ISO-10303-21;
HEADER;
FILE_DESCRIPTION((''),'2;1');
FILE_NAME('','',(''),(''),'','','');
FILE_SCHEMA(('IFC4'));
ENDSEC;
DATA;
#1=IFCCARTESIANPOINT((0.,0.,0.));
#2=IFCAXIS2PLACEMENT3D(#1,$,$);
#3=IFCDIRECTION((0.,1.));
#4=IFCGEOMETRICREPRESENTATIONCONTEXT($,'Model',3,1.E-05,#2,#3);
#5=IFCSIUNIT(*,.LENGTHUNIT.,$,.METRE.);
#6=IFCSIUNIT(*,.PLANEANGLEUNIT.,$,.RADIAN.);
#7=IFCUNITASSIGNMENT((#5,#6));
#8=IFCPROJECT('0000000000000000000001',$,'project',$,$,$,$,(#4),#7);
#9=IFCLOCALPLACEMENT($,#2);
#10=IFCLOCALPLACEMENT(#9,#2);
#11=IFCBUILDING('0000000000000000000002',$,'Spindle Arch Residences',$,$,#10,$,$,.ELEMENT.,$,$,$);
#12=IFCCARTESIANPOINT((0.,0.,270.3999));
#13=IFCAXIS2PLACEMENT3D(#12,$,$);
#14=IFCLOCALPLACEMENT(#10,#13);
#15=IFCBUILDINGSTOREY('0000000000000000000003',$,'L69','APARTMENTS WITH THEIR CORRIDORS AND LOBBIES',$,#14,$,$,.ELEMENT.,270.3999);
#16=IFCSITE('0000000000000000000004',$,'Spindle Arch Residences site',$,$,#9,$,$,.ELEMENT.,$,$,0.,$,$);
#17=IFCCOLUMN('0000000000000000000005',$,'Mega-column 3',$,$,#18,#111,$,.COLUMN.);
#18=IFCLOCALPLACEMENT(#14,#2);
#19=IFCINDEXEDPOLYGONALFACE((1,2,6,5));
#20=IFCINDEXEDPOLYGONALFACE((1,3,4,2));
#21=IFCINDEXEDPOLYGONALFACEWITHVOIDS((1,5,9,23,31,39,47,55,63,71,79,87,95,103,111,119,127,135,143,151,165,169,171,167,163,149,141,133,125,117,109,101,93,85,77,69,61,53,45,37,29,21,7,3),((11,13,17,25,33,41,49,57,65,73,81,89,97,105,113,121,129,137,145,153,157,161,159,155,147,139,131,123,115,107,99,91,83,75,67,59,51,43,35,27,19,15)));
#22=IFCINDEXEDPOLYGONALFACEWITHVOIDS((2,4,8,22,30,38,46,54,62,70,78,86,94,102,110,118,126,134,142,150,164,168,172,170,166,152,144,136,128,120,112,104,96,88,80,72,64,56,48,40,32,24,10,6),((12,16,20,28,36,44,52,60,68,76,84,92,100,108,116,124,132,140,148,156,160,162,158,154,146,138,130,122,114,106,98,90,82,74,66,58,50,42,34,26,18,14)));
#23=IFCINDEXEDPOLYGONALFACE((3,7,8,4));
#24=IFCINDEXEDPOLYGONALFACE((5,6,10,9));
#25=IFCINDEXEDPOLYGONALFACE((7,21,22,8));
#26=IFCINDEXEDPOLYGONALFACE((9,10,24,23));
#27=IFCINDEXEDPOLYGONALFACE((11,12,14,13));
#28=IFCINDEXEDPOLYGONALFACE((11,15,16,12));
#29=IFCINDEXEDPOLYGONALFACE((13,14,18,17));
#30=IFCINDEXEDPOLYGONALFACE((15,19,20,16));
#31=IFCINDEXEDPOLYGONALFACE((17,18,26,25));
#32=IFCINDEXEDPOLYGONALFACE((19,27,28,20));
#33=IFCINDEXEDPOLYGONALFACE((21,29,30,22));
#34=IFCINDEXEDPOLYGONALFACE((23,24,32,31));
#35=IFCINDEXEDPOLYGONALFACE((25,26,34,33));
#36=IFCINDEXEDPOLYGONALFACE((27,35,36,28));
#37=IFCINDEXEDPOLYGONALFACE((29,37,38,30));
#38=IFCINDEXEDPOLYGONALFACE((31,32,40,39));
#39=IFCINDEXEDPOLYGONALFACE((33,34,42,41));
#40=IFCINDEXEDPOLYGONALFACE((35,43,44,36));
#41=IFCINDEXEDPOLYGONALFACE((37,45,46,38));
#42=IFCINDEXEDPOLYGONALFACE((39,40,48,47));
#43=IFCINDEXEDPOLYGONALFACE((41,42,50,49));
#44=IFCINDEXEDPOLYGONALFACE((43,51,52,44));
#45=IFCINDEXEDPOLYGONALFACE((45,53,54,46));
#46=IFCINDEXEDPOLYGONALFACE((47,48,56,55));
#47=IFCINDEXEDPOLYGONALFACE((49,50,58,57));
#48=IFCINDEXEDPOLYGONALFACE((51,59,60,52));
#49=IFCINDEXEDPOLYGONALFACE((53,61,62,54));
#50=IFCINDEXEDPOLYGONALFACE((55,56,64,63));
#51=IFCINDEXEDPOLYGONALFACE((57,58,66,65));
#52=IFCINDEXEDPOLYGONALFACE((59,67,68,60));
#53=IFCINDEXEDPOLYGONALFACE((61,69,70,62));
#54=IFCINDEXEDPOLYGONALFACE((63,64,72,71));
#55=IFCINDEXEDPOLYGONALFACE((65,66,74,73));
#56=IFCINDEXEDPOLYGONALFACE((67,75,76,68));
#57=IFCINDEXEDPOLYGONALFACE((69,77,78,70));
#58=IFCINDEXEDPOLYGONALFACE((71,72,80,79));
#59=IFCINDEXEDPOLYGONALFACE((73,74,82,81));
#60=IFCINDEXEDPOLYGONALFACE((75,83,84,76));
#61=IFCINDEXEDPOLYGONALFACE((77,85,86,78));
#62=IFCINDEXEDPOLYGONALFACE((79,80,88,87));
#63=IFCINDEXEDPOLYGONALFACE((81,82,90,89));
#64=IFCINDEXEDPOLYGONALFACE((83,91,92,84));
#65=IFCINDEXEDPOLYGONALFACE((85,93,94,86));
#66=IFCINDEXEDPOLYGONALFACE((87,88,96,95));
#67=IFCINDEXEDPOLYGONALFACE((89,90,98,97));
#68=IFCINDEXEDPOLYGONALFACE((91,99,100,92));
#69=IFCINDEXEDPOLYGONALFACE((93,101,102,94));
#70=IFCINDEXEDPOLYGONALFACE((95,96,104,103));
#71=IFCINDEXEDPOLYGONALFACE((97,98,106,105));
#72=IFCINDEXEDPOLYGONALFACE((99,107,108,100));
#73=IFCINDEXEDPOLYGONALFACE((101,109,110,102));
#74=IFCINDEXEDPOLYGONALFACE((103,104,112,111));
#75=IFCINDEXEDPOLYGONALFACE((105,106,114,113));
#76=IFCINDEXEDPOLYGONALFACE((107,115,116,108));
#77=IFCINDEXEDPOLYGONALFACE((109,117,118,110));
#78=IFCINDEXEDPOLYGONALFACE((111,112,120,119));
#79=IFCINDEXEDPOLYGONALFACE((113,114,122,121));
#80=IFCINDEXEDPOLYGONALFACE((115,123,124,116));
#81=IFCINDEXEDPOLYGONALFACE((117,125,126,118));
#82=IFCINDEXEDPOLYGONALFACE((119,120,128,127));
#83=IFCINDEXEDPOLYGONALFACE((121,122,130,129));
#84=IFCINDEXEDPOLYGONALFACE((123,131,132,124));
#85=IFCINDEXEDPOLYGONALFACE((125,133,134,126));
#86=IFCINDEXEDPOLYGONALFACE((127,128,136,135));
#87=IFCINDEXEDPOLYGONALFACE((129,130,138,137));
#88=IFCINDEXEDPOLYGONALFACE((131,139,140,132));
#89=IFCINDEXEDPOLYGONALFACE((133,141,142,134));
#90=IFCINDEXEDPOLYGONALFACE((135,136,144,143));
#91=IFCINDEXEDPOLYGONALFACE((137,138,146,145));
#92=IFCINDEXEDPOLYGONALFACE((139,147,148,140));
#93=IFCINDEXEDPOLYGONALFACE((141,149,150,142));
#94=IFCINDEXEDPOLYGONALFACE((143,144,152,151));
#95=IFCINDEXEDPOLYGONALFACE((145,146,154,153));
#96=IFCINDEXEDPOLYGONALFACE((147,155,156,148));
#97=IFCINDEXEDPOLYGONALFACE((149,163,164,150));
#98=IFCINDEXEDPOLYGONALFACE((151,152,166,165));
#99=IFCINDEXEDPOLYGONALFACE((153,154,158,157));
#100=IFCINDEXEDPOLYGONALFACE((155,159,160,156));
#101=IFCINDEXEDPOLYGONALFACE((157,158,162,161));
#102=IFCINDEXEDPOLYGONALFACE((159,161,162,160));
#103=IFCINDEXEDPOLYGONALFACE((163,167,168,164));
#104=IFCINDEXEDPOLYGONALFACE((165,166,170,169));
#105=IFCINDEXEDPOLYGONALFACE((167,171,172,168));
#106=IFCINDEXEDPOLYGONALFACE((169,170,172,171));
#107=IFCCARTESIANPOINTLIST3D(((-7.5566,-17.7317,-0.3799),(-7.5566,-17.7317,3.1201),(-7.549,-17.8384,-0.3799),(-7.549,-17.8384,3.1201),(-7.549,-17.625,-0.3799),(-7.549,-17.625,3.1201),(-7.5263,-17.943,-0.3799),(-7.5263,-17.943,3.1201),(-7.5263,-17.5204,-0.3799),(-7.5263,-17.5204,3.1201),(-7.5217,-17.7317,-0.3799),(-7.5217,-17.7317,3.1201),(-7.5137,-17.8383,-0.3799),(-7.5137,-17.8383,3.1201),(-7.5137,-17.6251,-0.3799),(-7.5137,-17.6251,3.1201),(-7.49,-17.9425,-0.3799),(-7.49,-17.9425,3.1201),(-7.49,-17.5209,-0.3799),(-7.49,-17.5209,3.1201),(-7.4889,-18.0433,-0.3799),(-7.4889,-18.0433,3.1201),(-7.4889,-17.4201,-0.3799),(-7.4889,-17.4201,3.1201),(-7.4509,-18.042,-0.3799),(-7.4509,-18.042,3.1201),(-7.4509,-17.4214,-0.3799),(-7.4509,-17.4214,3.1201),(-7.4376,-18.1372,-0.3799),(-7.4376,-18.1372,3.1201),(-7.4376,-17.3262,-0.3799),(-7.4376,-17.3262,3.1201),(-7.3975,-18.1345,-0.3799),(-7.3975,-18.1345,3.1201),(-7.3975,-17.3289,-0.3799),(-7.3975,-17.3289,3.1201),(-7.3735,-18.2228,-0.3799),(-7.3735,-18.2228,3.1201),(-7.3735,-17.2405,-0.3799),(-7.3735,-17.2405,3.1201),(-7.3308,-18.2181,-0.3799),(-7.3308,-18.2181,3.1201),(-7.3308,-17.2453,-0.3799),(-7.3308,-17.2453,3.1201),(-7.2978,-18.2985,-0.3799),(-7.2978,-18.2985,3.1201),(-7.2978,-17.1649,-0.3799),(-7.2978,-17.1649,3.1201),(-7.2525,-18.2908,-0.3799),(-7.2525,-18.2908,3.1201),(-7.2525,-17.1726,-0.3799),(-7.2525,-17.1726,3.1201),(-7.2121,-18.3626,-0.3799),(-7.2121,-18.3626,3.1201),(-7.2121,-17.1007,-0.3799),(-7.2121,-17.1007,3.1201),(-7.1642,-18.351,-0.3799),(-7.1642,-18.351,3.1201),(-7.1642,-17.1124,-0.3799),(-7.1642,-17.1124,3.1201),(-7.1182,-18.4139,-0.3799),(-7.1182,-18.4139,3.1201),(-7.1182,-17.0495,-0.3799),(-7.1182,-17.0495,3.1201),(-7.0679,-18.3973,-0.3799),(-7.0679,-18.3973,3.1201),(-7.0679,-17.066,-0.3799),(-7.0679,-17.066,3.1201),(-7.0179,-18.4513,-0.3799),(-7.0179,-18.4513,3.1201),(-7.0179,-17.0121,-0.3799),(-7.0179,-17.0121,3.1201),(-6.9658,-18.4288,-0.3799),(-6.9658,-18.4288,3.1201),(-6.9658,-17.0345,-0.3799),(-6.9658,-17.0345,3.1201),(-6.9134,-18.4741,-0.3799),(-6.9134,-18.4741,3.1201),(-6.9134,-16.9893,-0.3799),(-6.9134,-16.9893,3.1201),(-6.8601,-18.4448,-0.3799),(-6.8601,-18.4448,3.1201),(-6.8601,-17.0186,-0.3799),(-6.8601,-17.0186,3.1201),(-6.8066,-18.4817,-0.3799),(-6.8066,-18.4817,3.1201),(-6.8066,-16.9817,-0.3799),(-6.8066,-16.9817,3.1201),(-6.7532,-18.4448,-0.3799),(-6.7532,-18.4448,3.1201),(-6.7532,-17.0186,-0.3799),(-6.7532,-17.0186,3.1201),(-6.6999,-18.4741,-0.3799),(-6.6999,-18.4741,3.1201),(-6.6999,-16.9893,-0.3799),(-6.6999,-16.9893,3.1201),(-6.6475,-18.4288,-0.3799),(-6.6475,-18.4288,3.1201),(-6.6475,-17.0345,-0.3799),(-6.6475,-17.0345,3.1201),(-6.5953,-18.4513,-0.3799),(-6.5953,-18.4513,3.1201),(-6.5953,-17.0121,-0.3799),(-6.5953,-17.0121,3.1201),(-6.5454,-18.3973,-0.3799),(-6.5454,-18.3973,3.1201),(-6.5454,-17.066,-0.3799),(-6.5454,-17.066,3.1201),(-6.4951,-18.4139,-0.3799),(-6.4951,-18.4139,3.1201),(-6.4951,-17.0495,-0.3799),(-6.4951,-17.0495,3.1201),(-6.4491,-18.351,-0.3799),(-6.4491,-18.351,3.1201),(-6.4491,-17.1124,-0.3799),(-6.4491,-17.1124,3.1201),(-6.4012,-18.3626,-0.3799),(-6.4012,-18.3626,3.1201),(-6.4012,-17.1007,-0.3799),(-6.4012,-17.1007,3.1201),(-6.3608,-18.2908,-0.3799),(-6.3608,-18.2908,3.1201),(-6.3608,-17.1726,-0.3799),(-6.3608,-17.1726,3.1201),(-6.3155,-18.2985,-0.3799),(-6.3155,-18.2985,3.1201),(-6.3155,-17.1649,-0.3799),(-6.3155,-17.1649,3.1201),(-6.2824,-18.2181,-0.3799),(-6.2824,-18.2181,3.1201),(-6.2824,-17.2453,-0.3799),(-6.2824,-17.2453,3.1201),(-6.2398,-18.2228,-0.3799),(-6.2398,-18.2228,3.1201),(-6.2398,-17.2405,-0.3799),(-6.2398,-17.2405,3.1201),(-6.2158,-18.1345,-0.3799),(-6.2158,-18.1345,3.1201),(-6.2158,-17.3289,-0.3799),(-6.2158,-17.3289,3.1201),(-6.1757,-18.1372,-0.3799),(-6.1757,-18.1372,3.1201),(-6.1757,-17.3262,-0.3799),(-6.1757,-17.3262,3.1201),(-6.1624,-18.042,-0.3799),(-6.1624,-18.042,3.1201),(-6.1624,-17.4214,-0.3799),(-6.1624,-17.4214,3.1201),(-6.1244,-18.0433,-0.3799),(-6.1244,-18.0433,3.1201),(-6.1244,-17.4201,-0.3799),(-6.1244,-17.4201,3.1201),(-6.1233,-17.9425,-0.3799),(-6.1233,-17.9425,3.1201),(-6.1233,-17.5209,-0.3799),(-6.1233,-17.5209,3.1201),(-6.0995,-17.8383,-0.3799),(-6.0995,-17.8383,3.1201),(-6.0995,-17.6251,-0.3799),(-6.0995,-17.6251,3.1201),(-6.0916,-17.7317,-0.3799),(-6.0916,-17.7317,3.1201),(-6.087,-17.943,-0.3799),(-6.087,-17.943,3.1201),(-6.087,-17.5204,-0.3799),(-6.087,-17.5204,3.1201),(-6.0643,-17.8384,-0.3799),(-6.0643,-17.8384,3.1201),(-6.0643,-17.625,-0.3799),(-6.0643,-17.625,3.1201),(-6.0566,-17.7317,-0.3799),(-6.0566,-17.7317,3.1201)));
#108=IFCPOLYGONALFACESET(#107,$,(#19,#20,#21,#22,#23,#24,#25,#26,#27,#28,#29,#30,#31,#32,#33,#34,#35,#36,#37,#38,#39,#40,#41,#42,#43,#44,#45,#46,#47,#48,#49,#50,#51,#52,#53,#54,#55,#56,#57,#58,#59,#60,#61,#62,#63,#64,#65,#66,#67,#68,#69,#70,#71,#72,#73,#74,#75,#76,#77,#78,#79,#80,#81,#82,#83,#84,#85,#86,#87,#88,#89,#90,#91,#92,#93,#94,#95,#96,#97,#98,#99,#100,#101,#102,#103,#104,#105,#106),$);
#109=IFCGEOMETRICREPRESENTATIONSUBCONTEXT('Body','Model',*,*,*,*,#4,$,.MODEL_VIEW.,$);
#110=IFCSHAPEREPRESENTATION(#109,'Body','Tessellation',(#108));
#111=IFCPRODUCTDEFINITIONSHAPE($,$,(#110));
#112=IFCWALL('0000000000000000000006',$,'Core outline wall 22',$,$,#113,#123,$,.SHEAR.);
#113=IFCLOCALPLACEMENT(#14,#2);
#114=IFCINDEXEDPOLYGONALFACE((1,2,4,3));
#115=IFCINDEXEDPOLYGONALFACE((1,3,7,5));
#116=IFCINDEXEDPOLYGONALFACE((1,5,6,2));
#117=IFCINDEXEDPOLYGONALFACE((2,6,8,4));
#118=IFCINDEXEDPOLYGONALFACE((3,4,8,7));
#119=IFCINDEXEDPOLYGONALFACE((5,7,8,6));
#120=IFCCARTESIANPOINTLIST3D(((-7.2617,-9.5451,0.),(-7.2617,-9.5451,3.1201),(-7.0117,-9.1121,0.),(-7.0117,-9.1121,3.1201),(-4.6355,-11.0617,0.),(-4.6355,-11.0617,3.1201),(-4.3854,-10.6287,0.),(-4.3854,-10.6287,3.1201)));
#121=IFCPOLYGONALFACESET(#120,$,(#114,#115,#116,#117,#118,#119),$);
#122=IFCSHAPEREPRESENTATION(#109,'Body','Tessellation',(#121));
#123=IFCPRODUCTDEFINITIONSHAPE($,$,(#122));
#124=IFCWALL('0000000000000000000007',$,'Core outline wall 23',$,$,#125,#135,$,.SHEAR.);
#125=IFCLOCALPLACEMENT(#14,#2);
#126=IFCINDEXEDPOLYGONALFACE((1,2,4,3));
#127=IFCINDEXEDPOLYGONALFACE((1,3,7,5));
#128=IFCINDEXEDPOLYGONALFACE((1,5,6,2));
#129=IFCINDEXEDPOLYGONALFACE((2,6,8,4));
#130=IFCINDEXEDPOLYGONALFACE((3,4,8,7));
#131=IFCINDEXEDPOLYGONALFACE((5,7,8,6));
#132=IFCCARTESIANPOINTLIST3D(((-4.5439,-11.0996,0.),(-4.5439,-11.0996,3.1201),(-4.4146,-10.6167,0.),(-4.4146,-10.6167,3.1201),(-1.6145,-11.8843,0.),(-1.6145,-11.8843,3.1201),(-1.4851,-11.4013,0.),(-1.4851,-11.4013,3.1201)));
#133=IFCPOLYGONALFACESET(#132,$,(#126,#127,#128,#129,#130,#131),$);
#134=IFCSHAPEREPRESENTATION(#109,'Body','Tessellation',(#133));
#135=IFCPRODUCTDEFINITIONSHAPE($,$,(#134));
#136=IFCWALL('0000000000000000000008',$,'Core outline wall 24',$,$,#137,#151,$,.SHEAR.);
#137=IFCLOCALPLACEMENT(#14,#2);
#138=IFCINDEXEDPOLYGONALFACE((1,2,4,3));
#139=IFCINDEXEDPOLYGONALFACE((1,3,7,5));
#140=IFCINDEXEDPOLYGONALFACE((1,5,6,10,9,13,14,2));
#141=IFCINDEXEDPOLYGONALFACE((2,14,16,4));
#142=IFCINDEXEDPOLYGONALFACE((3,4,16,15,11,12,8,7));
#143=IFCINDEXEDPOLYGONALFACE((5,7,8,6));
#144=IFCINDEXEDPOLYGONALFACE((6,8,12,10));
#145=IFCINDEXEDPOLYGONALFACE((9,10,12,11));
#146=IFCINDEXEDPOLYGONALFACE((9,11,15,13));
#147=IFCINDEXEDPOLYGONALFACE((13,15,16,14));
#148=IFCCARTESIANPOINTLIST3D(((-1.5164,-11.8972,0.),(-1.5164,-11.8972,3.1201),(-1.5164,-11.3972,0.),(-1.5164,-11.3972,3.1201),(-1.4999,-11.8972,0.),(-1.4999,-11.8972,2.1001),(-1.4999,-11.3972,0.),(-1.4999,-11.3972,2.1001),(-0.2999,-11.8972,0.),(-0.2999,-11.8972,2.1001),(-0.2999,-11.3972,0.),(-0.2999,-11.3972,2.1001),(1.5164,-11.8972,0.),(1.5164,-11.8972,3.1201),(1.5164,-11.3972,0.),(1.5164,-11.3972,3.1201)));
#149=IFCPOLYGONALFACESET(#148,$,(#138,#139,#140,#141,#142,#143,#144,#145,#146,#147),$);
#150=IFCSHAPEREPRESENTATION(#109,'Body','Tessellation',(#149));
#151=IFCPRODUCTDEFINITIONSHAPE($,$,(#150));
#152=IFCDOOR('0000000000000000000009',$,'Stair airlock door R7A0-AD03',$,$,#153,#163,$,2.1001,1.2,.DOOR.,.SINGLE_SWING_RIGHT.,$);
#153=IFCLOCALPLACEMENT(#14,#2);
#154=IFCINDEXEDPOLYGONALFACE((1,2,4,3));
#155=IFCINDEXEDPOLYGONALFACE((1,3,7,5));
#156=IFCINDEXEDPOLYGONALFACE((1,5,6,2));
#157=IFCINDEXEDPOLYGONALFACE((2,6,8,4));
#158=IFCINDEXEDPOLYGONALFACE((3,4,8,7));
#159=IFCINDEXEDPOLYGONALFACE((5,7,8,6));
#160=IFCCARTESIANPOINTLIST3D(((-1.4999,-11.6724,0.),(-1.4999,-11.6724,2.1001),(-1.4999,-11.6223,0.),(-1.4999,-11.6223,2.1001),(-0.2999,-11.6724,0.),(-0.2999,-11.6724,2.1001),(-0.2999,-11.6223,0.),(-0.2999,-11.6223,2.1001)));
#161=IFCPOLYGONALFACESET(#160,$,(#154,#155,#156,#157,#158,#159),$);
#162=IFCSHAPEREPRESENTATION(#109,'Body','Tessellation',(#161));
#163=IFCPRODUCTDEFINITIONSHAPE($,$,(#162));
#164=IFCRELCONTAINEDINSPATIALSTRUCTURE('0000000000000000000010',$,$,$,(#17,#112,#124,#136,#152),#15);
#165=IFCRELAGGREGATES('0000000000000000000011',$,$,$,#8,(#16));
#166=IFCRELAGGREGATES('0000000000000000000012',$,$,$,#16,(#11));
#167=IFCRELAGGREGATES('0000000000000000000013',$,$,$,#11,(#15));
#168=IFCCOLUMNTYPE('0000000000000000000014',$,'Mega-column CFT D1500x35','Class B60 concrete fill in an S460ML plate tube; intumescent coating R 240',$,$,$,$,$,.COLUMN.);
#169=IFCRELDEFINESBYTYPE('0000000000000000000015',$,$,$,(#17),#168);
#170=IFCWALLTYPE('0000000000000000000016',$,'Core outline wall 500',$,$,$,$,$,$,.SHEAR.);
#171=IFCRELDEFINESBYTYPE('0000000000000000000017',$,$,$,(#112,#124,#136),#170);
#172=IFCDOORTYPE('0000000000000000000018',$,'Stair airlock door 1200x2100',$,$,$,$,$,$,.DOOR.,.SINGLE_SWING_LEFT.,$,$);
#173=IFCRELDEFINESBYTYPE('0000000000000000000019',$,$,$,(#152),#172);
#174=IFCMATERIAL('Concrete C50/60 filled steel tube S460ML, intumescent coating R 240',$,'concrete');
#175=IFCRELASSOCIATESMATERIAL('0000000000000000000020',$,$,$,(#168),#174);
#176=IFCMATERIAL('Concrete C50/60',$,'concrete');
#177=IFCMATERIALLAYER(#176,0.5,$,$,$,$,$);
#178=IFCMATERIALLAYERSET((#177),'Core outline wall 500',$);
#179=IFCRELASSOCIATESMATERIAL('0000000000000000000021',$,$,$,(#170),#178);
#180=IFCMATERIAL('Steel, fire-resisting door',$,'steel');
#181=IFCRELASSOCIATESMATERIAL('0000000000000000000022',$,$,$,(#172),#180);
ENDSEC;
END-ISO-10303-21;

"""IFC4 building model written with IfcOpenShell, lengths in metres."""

from ifc_helpers import new_model, si_unit, direction, frame, frame_2d, origin, origin_2d, place, context, subcontext, project, spatial, rectangle, hollow_circle, extrude, material, layer, layer_set, material_profile, profile_set, type_object, element, fill, save


model = new_model("IFC4")

# Units and contexts
model_context = context("Model", 3, precision=1e-05, world=origin(), true_north=direction((0.0, 1.0)))
body_context = subcontext(model_context, "Body", "Model", "MODEL_VIEW")
ifc_project = project(units=[si_unit("LENGTHUNIT", "METRE"), si_unit("PLANEANGLEUNIT", "RADIAN")], contexts=[model_context])

# Site, building, storey
site_placement = place(None, origin())
site = spatial("IfcSite", under=ifc_project, at=site_placement, Name="Spindle Arch Residences site", CompositionType="ELEMENT", RefElevation=0.0)
building_placement = place(site_placement, origin())
building = spatial("IfcBuilding", under=site, at=building_placement, Name="Spindle Arch Residences", CompositionType="ELEMENT")
storey_placement = place(building_placement, frame((0.0, 0.0, 270.3999)))
storey = spatial("IfcBuildingStorey", under=building, at=storey_placement, Name="L69", Description="APARTMENTS WITH THEIR CORRIDORS AND LOBBIES", CompositionType="ELEMENT", Elevation=270.3999)

# Column
ifc_material_1 = material(Name="Concrete C50/60 filled steel tube S460ML, intumescent coating R 240", Category="concrete")
ifc_material_profile = material_profile(ifc_material_1, hollow_circle(Radius=0.75, WallThickness=0.0349, at=origin_2d()), Name="CFT D1500x35")
ifc_profile_set = profile_set([ifc_material_profile], Name="Concrete C50/60 filled steel tube S460ML, intumescent coating R 240")
column_type = type_object("IfcColumnType", Name="Mega-column CFT D1500x35", Description="Class B60 concrete fill in an S460ML plate tube; intumescent coating R 240", PredefinedType="COLUMN", material=ifc_profile_set)
column_placement = place(storey_placement, frame((-6.8066, -17.7317, -0.3799), z_axis=(0.0, 0.0, 1.0), x_axis=(1.0, 0.0, 0.0)))
element("IfcColumn", 1, at=column_placement, inside=storey, type_object=column_type, Name="Mega-column 3", PredefinedType="COLUMN", context=body_context, shape_type="SweptSolid", body=[
    extrude(hollow_circle(Radius=0.75, WallThickness=0.0349, at=origin_2d()), origin(), (0.0, 0.0, 1.0), 3.5),
])

# Walls
ifc_material_2 = material(Name="Concrete C50/60", Category="concrete")
ifc_layer_1 = layer(ifc_material_2, 0.5)
ifc_layer_set_1 = layer_set([ifc_layer_1], Name="Core outline wall 500")
wall_type_1 = type_object("IfcWallType", Name="Core outline wall 500", PredefinedType="SHEAR", material=ifc_layer_set_1)
for number, where, z_axis, x_axis, name in (
    (2, (-7.1367, -9.3286, 0.0), (0.0, 0.0, 1.0), (0.865975, -0.500087, 0.0), "Core outline wall 22"),
    (3, (-4.4792, -10.8582, 0.0), (0.0, 0.0, 1.0), (0.965948, -0.258735, 0.0), "Core outline wall 23"),
):
    element("IfcWall", number, at=place(storey_placement, frame(where, z_axis=z_axis, x_axis=x_axis)), inside=storey, type_object=wall_type_1, Name=name, PredefinedType="SHEAR", context=body_context, shape_type="SweptSolid", body=[
        extrude(rectangle(XDim=3.0327, YDim=0.5, at=frame_2d((1.5164, 0.0))), origin(), (0.0, 0.0, 1.0), 3.1201),
    ])

# Wall, opening, door
wall_1_placement = place(storey_placement, frame((-1.5164, -11.6472, 0.0), z_axis=(0.0, 0.0, 1.0), x_axis=(1.0, 0.0, 0.0)))
wall_1 = element("IfcWall", 4, at=wall_1_placement, inside=storey, type_object=wall_type_1, Name="Core outline wall 24", PredefinedType="SHEAR", context=body_context, shape_type="SweptSolid", body=[
    extrude(rectangle(XDim=3.0327, YDim=0.5, at=frame_2d((1.5164, 0.0))), origin(), (0.0, 0.0, 1.0), 3.1201),
])
opening_1_placement = place(wall_1_placement, frame((0.0164, 0.0, 0.0)))
opening_1 = element("IfcOpeningElement", 5, at=opening_1_placement, cuts=wall_1, PredefinedType="OPENING", context=body_context, shape_type="SweptSolid", body=[
    extrude(rectangle(XDim=1.2, YDim=2.1001, at=frame_2d((0.6001, 1.05))), frame((0.0, 0.26, 0.0), z_axis=(0.0, -1.0, 0.0), x_axis=(1.0, 0.0, 0.0)), (0.0, 0.0, 1.0), 0.52),
])
ifc_material_3 = material(Name="Steel, fire-resisting door", Category="steel")
door_type_1 = type_object("IfcDoorType", Name="Stair airlock door 1200x2100", OperationType="SINGLE_SWING_LEFT", PredefinedType="DOOR", material=ifc_material_3)
door_1_placement = place(opening_1_placement, origin())
door_1 = element("IfcDoor", 6, at=door_1_placement, inside=storey, type_object=door_type_1, Name="Stair airlock door R7A0-AD03", OperationType="SINGLE_SWING_RIGHT", OverallHeight=2.1001, OverallWidth=1.2, PredefinedType="DOOR", context=body_context, shape_type="SweptSolid", body=[
    extrude(rectangle(XDim=1.2, YDim=2.1001, at=frame_2d((0.6001, 1.05))), frame((0.0, 0.0249, 0.0), z_axis=(0.0, -1.0, 0.0), x_axis=(1.0, 0.0, 0.0)), (0.0, 0.0, 1.0), 0.05),
])
fill(opening_1, door_1)

save(model, "model.ifc")
